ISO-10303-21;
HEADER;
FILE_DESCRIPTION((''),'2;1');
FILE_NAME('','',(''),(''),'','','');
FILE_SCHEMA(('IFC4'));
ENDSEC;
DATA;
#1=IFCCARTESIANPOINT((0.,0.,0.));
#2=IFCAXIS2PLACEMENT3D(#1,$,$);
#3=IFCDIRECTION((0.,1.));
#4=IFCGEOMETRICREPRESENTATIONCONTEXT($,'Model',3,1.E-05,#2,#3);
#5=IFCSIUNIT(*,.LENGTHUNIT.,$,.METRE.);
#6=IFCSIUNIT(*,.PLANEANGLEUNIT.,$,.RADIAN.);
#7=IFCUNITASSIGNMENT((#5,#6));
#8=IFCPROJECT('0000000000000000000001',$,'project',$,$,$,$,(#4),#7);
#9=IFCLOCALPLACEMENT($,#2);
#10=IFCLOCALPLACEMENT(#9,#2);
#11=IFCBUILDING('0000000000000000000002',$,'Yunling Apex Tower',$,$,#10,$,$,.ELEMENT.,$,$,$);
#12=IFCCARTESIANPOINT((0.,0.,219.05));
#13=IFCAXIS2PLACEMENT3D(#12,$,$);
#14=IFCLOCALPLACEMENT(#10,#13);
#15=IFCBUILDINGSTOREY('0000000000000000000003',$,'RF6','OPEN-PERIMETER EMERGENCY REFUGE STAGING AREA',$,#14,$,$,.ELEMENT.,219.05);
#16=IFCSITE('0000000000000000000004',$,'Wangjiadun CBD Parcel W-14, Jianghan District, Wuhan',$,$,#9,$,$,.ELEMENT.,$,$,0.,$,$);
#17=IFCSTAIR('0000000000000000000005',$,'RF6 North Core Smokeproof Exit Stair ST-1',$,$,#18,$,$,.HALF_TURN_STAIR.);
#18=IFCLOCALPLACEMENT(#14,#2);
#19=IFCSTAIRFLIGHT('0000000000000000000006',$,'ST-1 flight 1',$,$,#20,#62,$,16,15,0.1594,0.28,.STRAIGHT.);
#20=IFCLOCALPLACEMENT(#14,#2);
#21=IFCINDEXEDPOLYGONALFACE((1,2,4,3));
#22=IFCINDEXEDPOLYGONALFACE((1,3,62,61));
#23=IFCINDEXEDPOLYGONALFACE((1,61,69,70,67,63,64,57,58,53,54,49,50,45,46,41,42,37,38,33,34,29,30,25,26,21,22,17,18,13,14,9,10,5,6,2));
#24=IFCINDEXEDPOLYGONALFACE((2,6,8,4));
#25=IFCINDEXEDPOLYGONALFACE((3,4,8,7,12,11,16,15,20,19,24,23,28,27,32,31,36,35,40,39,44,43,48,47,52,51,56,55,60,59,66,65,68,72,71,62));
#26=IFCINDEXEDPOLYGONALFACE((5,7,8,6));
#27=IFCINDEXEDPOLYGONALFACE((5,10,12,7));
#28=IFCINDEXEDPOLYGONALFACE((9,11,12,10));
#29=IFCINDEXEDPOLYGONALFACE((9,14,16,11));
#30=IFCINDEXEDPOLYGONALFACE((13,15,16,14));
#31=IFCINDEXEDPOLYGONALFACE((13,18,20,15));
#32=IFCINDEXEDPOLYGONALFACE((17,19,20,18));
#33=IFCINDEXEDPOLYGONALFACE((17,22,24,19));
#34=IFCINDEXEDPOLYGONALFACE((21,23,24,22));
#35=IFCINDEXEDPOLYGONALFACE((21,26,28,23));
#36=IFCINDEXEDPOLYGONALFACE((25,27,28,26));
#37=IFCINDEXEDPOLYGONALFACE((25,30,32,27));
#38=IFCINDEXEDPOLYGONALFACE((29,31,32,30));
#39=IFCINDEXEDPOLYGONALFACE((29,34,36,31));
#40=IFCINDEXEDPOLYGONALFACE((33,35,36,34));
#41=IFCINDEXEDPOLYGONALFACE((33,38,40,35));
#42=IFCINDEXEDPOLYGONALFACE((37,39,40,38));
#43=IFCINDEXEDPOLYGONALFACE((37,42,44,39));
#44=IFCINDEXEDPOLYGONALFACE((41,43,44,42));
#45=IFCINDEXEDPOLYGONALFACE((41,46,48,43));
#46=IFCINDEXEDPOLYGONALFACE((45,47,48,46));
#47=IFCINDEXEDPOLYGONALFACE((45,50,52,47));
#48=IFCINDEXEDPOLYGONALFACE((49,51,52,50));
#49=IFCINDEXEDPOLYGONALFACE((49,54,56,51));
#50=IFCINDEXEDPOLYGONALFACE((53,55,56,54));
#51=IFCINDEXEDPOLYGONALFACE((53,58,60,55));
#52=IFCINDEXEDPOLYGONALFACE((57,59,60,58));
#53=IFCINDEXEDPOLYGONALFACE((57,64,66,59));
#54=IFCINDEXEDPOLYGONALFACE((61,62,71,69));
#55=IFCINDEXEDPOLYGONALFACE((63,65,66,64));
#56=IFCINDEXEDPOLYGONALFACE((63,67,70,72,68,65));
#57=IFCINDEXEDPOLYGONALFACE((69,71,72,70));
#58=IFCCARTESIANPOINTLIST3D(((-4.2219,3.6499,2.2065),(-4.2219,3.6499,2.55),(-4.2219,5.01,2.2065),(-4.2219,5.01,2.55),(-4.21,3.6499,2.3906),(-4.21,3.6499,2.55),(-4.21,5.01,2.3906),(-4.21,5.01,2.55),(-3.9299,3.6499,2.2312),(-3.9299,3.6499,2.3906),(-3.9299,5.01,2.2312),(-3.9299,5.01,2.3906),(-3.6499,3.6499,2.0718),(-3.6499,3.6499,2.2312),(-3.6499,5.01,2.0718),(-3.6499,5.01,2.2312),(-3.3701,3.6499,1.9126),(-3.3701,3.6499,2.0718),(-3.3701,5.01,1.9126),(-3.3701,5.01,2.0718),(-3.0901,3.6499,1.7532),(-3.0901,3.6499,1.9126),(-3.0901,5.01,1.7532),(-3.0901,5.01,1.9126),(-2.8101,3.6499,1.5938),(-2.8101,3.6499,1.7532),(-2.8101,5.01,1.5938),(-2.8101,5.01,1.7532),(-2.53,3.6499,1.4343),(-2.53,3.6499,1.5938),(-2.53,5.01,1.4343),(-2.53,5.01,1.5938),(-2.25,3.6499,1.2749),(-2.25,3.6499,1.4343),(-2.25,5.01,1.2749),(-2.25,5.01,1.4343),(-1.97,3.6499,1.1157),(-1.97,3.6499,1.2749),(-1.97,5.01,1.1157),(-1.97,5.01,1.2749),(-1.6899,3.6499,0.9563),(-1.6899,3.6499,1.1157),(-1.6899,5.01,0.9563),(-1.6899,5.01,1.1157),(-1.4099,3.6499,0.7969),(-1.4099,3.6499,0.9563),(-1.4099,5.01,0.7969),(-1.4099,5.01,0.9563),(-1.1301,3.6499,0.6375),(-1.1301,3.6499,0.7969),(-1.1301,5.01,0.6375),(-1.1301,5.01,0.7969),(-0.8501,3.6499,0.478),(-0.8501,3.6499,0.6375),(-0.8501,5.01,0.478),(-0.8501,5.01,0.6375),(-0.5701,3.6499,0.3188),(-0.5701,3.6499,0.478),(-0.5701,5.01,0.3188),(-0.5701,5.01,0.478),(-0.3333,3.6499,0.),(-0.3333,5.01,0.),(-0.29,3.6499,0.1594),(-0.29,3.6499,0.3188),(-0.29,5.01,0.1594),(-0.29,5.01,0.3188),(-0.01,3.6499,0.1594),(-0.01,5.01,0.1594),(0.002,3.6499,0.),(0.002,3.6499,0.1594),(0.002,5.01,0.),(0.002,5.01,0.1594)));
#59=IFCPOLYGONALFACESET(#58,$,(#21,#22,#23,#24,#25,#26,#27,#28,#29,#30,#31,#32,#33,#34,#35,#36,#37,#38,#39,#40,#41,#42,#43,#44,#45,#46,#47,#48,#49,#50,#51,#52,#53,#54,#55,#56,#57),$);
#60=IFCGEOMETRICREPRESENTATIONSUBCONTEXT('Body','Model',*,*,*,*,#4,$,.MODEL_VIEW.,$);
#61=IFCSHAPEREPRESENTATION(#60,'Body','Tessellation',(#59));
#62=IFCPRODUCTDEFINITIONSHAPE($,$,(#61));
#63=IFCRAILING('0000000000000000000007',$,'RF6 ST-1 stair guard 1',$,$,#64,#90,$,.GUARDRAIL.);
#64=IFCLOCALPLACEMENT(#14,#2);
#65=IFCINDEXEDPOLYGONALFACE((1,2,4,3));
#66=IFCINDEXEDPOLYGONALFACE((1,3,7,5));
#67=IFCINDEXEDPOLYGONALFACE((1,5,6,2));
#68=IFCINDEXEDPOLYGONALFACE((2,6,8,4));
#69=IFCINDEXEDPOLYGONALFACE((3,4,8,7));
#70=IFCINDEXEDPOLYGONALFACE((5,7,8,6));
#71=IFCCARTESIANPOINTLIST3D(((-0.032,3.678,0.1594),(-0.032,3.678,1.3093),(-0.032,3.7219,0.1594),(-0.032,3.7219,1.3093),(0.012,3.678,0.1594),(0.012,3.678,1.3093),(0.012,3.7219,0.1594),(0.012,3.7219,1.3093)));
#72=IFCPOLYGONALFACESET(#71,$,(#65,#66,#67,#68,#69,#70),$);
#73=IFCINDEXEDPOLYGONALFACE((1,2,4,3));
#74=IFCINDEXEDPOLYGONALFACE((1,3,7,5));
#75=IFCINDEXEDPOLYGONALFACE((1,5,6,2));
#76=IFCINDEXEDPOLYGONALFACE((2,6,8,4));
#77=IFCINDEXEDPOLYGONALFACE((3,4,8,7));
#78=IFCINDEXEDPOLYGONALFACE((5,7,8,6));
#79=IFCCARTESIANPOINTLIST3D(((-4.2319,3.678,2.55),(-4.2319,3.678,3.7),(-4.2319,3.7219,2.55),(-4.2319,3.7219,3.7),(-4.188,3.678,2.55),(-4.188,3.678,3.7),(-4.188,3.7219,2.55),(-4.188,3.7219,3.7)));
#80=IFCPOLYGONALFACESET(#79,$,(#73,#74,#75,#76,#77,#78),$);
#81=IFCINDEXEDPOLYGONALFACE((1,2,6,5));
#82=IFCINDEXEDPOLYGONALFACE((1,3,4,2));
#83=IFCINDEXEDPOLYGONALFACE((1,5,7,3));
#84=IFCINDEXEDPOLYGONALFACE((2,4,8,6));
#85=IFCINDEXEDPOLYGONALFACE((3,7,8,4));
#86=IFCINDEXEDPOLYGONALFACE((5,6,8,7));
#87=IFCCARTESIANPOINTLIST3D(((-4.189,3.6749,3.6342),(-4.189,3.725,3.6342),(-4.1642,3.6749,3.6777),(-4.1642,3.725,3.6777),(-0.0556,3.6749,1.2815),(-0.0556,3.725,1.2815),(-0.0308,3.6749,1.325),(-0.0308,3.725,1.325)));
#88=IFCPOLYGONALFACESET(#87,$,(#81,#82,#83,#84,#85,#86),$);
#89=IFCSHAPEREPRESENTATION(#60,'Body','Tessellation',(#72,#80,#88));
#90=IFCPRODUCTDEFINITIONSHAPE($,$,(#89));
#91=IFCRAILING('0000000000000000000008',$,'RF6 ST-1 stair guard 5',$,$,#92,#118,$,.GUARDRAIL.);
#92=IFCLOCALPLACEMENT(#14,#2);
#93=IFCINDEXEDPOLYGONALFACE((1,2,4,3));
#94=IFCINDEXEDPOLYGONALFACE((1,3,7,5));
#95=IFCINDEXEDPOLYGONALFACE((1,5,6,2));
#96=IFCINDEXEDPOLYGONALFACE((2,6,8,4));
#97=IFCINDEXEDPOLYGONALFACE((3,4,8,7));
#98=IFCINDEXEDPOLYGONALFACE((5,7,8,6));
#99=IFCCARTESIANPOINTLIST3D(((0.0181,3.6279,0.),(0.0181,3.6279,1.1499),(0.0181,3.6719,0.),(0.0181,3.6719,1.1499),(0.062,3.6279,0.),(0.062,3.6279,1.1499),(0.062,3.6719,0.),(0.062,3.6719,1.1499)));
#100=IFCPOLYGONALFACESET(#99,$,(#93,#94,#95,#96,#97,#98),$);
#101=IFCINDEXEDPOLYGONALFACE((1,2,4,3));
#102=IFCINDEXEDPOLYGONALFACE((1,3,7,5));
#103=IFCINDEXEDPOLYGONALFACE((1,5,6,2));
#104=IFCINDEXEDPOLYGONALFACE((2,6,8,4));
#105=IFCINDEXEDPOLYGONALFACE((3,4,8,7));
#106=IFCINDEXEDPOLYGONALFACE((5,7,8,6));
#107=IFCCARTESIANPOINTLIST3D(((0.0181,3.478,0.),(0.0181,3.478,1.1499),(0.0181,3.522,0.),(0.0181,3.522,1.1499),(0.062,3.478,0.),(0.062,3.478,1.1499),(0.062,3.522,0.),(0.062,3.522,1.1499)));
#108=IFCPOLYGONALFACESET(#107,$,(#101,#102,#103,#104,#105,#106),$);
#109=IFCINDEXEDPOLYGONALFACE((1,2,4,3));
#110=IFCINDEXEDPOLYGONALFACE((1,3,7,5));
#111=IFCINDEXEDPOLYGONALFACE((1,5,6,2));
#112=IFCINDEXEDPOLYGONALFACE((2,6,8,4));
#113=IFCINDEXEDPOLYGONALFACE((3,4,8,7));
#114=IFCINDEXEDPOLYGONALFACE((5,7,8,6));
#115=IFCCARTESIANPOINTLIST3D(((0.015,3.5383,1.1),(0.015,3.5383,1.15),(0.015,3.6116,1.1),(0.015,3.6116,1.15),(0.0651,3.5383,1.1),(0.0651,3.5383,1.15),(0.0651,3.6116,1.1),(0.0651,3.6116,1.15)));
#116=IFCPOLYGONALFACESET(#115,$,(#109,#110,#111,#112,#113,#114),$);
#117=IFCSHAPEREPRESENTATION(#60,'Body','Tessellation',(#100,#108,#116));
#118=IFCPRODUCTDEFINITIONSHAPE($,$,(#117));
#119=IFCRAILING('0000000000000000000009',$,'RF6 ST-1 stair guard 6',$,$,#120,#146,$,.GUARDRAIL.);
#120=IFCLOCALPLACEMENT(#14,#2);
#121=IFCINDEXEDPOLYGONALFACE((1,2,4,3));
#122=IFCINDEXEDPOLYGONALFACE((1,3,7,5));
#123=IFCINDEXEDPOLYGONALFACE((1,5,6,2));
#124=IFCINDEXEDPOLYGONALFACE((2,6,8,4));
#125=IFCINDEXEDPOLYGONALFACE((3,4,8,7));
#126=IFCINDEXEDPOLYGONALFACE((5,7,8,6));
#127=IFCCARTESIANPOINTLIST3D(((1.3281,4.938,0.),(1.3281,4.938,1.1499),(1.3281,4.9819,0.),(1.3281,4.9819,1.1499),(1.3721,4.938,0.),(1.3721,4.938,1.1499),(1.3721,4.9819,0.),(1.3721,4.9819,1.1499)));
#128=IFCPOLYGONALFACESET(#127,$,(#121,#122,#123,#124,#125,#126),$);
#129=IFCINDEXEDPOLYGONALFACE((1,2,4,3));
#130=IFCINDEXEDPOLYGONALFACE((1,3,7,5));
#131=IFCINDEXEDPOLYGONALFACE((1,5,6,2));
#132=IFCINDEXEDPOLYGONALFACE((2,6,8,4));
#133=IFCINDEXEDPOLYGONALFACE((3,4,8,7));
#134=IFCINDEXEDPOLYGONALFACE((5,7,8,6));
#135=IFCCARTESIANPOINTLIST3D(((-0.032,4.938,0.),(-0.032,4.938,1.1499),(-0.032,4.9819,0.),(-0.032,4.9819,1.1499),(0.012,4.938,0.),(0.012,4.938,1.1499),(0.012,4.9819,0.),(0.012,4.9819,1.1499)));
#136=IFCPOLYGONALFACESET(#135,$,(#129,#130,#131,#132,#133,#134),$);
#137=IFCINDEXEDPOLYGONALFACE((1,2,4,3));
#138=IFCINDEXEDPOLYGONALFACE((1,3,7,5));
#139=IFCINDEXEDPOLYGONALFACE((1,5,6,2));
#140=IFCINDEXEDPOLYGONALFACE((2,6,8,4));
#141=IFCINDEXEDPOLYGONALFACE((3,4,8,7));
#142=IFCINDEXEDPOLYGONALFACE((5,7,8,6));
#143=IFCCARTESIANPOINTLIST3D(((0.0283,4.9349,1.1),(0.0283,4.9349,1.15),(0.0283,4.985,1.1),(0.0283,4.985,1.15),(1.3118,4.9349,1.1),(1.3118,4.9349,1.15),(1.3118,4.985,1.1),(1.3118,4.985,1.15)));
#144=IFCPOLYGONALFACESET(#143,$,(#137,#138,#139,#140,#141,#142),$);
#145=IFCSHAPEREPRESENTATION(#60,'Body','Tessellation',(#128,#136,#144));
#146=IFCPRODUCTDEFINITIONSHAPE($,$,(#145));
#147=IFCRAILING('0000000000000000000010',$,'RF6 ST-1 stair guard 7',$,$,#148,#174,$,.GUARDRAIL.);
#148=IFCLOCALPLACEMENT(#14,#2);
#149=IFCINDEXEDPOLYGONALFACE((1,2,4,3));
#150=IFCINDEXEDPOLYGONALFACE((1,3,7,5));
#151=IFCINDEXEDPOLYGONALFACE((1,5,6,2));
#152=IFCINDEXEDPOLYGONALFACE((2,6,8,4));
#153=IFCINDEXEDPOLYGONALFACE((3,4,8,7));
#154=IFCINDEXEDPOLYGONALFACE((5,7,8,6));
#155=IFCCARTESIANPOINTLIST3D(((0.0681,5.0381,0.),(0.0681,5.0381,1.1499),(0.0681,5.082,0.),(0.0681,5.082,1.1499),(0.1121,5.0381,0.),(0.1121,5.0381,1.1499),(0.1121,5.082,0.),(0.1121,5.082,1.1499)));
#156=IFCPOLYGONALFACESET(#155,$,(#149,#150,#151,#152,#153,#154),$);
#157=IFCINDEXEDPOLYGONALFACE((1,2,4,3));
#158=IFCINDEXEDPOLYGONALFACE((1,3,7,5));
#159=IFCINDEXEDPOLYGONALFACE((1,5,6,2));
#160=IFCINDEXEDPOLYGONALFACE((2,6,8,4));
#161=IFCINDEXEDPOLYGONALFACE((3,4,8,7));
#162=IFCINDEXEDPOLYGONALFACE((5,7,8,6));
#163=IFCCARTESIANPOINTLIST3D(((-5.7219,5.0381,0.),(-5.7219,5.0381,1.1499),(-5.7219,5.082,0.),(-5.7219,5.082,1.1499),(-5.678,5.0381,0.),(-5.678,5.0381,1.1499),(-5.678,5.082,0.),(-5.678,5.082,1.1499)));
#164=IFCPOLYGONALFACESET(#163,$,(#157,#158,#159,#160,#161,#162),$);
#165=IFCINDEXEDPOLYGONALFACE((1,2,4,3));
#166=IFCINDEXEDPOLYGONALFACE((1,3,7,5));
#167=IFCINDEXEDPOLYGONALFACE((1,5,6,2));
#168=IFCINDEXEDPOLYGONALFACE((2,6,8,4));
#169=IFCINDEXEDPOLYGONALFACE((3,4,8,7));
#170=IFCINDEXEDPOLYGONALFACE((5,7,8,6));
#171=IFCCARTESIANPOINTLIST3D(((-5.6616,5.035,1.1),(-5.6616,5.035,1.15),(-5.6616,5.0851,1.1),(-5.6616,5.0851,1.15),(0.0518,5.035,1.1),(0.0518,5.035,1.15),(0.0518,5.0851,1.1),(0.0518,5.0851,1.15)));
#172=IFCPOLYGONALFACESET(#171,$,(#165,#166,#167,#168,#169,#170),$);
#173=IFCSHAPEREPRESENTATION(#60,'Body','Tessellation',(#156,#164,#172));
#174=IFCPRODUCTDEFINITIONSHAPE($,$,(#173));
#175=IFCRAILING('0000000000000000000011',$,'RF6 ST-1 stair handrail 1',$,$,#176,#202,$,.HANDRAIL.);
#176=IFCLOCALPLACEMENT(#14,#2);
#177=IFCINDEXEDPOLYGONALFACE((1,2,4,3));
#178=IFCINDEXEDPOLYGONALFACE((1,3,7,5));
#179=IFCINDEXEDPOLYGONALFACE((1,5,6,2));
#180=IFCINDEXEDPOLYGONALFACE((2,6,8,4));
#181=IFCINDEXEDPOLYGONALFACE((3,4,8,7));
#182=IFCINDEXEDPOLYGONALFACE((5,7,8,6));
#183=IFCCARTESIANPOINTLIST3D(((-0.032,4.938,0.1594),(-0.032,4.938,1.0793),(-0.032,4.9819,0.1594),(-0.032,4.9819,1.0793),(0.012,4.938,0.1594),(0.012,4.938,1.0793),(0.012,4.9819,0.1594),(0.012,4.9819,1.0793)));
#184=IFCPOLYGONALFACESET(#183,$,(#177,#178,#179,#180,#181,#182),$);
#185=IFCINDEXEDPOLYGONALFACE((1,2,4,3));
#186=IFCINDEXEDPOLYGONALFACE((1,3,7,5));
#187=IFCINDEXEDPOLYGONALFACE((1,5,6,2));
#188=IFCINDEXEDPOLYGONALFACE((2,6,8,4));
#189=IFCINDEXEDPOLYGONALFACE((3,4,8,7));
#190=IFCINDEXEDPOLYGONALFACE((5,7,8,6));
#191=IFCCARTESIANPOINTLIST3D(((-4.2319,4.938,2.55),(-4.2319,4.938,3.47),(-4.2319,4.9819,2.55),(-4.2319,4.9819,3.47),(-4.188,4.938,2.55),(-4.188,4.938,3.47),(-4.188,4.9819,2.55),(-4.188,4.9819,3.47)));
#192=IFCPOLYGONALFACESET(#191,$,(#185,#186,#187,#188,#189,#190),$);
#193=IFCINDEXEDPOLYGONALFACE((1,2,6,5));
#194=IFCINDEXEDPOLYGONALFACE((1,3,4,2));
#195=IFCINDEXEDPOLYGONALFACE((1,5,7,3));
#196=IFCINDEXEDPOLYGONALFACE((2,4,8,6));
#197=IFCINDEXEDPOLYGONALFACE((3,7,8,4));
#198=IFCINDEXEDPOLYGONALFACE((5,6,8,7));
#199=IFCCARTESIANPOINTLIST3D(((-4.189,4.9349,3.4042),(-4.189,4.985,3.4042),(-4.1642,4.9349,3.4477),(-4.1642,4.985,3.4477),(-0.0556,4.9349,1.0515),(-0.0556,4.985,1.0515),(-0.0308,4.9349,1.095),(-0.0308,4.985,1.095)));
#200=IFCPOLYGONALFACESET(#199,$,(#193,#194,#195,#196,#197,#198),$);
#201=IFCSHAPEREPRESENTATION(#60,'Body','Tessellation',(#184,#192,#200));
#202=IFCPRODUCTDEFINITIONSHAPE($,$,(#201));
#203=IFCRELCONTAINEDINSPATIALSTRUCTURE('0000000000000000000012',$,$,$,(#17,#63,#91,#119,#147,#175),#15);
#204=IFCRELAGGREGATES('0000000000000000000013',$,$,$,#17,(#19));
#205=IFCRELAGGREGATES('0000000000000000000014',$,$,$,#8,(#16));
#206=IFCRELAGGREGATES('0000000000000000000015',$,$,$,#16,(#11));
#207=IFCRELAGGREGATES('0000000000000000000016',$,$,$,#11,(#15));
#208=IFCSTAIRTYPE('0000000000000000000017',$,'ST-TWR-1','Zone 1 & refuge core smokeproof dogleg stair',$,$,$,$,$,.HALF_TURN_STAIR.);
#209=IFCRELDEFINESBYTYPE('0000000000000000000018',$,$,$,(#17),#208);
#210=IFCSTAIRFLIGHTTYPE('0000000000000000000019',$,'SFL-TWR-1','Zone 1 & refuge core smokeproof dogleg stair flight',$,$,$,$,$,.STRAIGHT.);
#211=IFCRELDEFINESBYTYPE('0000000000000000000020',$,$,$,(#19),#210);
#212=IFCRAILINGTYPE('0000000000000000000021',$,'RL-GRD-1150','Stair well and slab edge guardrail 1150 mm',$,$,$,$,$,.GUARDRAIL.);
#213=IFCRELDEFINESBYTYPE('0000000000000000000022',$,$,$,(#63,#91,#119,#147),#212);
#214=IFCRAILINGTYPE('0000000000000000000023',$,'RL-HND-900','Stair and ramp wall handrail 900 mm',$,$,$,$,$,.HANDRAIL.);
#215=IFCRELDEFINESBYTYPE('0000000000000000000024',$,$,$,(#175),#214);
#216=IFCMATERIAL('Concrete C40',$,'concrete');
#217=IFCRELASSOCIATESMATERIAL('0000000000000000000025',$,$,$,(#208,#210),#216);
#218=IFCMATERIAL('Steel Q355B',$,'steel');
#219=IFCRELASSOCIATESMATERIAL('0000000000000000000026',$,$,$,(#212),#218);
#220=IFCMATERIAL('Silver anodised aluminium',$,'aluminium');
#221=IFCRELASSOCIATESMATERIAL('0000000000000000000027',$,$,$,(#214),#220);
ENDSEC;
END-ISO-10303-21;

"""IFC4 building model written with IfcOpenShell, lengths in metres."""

from ifc_helpers import new_model, si_unit, direction, frame, origin, origin_2d, place, context, subcontext, project, spatial, polyline, rectangle, outline, extrude, material, type_object, element, aggregate, save


model = new_model("IFC4")

# Units and contexts
model_context = context("Model", 3, precision=1e-05, world=origin(), true_north=direction((0.0, 1.0)))
body_context = subcontext(model_context, "Body", "Model", "MODEL_VIEW")
ifc_project = project(units=[si_unit("LENGTHUNIT", "METRE"), si_unit("PLANEANGLEUNIT", "RADIAN")], contexts=[model_context])

# Site, building, storey
site_placement = place(None, origin())
site = spatial("IfcSite", under=ifc_project, at=site_placement, Name="Wangjiadun CBD Parcel W-14, Jianghan District, Wuhan", CompositionType="ELEMENT", RefElevation=0.0)
building_placement = place(site_placement, origin())
building = spatial("IfcBuilding", under=site, at=building_placement, Name="Yunling Apex Tower", CompositionType="ELEMENT")
storey_placement = place(building_placement, frame((0.0, 0.0, 219.05)))
storey = spatial("IfcBuildingStorey", under=building, at=storey_placement, Name="RF6", Description="OPEN-PERIMETER EMERGENCY REFUGE STAGING AREA", CompositionType="ELEMENT", Elevation=219.05)

# Shared definitions
ifc_material_1 = material(Name="Steel Q355B", Category="steel")

# Shared definitions
ifc_material_2 = material(Name="Concrete C40", Category="concrete")

# Stair, stair flight
stair_type = type_object("IfcStairType", Name="ST-TWR-1", Description="Zone 1 & refuge core smokeproof dogleg stair", PredefinedType="HALF_TURN_STAIR", material=ifc_material_2)
stair_placement = place(storey_placement, origin())
stair = element("IfcStair", 1, at=stair_placement, inside=storey, type_object=stair_type, Name="RF6 North Core Smokeproof Exit Stair ST-1", PredefinedType="HALF_TURN_STAIR")
stair_flight_type = type_object("IfcStairFlightType", Name="SFL-TWR-1", Description="Zone 1 & refuge core smokeproof dogleg stair flight", PredefinedType="STRAIGHT", material=ifc_material_2)
stair_flight_placement = place(storey_placement, frame((-0.01, 4.3301, 0.0), z_axis=(0.0, 0.0, 1.0), x_axis=(-1.0, 0.0, 0.0)))
stair_flight = element("IfcStairFlight", 2, at=stair_flight_placement, type_object=stair_flight_type, Name="ST-1 flight 1", NumberOfRisers=16, NumberOfTreads=15, PredefinedType="STRAIGHT", RiserHeight=0.1594, TreadLength=0.28, context=body_context, shape_type="SweptSolid", body=[
    extrude(outline(polyline([(-0.012, 0.0), (-0.012, 0.1594), (0.0, 0.1594), (0.28, 0.1594), (0.28, 0.3188), (0.5601, 0.3188), (0.5601, 0.478), (0.8401, 0.478), (0.8401, 0.6375), (1.1201, 0.6375), (1.1201, 0.7969), (1.3999, 0.7969), (1.3999, 0.9563), (1.6799, 0.9563), (1.6799, 1.1157), (1.96, 1.1157), (1.96, 1.2749), (2.24, 1.2749), (2.24, 1.4343), (2.52, 1.4343), (2.52, 1.5938), (2.8, 1.5938), (2.8, 1.7532), (3.0801, 1.7532), (3.0801, 1.9126), (3.3601, 1.9126), (3.3601, 2.0718), (3.6399, 2.0718), (3.6399, 2.2312), (3.9199, 2.2312), (3.9199, 2.3906), (4.2, 2.3906), (4.2, 2.55), (4.2119, 2.55), (4.2119, 2.2065), (0.3232, 0.0), (-0.012, 0.0)])), frame((0.0, 0.6802, 0.0), z_axis=(0.0, -1.0, 0.0), x_axis=(1.0, 0.0, 0.0)), (0.0, 0.0, 1.0), 1.3601),
])
aggregate(stair, [stair_flight])

# Railings
railing_type_1 = type_object("IfcRailingType", Name="RL-GRD-1150", Description="Stair well and slab edge guardrail 1150 mm", PredefinedType="GUARDRAIL", material=ifc_material_1)
railing_1_placement = place(storey_placement, frame((-0.01, 3.7, 0.1594)))
element("IfcRailing", 3, at=railing_1_placement, inside=storey, type_object=railing_type_1, Name="RF6 ST-1 stair guard 1", PredefinedType="GUARDRAIL", context=body_context, shape_type="SweptSolid", body=[
    extrude(rectangle(XDim=0.0439, YDim=0.0439, at=origin_2d()), origin(), (0.0, 0.0, 1.0), 1.1499),
    extrude(rectangle(XDim=0.0439, YDim=0.0439, at=origin_2d()), frame((-4.2, 0.0, 2.3906)), (0.0, 0.0, 1.0), 1.1499),
    extrude(rectangle(XDim=0.05, YDim=0.05, at=origin_2d()), frame((-0.0332, 0.0, 1.1438), z_axis=(-0.869075, 0.0, 0.49468), x_axis=(0.0, -1.0, 0.0)), (0.0, 0.0, 1.0), 4.7561),
])
railing_2_placement = place(storey_placement, frame((0.04, 3.6499, 0.0)))
element("IfcRailing", 4, at=railing_2_placement, inside=storey, type_object=railing_type_1, Name="RF6 ST-1 stair guard 5", PredefinedType="GUARDRAIL", context=body_context, shape_type="SweptSolid", body=[
    extrude(rectangle(XDim=0.0439, YDim=0.0439, at=origin_2d()), origin(), (0.0, 0.0, 1.0), 1.1499),
    extrude(rectangle(XDim=0.0439, YDim=0.0439, at=origin_2d()), frame((0.0, -0.1499, 0.0)), (0.0, 0.0, 1.0), 1.1499),
    extrude(rectangle(XDim=0.05, YDim=0.05, at=origin_2d()), frame((0.0, -0.0383, 1.125), z_axis=(0.0, -1.0, 0.0), x_axis=(1.0, 0.0, 0.0)), (0.0, 0.0, 1.0), 0.0732),
])
railing_3_placement = place(storey_placement, frame((1.3501, 4.96, 0.0)))
element("IfcRailing", 5, at=railing_3_placement, inside=storey, type_object=railing_type_1, Name="RF6 ST-1 stair guard 6", PredefinedType="GUARDRAIL", context=body_context, shape_type="SweptSolid", body=[
    extrude(rectangle(XDim=0.0439, YDim=0.0439, at=origin_2d()), origin(), (0.0, 0.0, 1.0), 1.1499),
    extrude(rectangle(XDim=0.0439, YDim=0.0439, at=origin_2d()), frame((-1.3601, 0.0, 0.0)), (0.0, 0.0, 1.0), 1.1499),
    extrude(rectangle(XDim=0.05, YDim=0.05, at=origin_2d()), frame((-0.0383, 0.0, 1.125), z_axis=(-1.0, 0.0, 0.0), x_axis=(0.0, -1.0, 0.0)), (0.0, 0.0, 1.0), 1.2834),
])
railing_4_placement = place(storey_placement, frame((0.0901, 5.0601, 0.0)))
element("IfcRailing", 6, at=railing_4_placement, inside=storey, type_object=railing_type_1, Name="RF6 ST-1 stair guard 7", PredefinedType="GUARDRAIL", context=body_context, shape_type="SweptSolid", body=[
    extrude(rectangle(XDim=0.0439, YDim=0.0439, at=origin_2d()), origin(), (0.0, 0.0, 1.0), 1.1499),
    extrude(rectangle(XDim=0.0439, YDim=0.0439, at=origin_2d()), frame((-5.79, 0.0, 0.0)), (0.0, 0.0, 1.0), 1.1499),
    extrude(rectangle(XDim=0.05, YDim=0.05, at=origin_2d()), frame((-0.0383, 0.0, 1.125), z_axis=(-1.0, 0.0, 0.0), x_axis=(0.0, -1.0, 0.0)), (0.0, 0.0, 1.0), 5.7134),
])
ifc_material_3 = material(Name="Silver anodised aluminium", Category="aluminium")
railing_type_2 = type_object("IfcRailingType", Name="RL-HND-900", Description="Stair and ramp wall handrail 900 mm", PredefinedType="HANDRAIL", material=ifc_material_3)
railing_5_placement = place(storey_placement, frame((-0.01, 4.96, 0.1594)))
element("IfcRailing", 7, at=railing_5_placement, inside=storey, type_object=railing_type_2, Name="RF6 ST-1 stair handrail 1", PredefinedType="HANDRAIL", context=body_context, shape_type="SweptSolid", body=[
    extrude(rectangle(XDim=0.0439, YDim=0.0439, at=origin_2d()), origin(), (0.0, 0.0, 1.0), 0.9199),
    extrude(rectangle(XDim=0.0439, YDim=0.0439, at=origin_2d()), frame((-4.2, 0.0, 2.3906)), (0.0, 0.0, 1.0), 0.9199),
    extrude(rectangle(XDim=0.05, YDim=0.05, at=origin_2d()), frame((-0.0332, 0.0, 0.9138), z_axis=(-0.869075, 0.0, 0.49468), x_axis=(0.0, -1.0, 0.0)), (0.0, 0.0, 1.0), 4.7561),
])

save(model, "model.ifc")
